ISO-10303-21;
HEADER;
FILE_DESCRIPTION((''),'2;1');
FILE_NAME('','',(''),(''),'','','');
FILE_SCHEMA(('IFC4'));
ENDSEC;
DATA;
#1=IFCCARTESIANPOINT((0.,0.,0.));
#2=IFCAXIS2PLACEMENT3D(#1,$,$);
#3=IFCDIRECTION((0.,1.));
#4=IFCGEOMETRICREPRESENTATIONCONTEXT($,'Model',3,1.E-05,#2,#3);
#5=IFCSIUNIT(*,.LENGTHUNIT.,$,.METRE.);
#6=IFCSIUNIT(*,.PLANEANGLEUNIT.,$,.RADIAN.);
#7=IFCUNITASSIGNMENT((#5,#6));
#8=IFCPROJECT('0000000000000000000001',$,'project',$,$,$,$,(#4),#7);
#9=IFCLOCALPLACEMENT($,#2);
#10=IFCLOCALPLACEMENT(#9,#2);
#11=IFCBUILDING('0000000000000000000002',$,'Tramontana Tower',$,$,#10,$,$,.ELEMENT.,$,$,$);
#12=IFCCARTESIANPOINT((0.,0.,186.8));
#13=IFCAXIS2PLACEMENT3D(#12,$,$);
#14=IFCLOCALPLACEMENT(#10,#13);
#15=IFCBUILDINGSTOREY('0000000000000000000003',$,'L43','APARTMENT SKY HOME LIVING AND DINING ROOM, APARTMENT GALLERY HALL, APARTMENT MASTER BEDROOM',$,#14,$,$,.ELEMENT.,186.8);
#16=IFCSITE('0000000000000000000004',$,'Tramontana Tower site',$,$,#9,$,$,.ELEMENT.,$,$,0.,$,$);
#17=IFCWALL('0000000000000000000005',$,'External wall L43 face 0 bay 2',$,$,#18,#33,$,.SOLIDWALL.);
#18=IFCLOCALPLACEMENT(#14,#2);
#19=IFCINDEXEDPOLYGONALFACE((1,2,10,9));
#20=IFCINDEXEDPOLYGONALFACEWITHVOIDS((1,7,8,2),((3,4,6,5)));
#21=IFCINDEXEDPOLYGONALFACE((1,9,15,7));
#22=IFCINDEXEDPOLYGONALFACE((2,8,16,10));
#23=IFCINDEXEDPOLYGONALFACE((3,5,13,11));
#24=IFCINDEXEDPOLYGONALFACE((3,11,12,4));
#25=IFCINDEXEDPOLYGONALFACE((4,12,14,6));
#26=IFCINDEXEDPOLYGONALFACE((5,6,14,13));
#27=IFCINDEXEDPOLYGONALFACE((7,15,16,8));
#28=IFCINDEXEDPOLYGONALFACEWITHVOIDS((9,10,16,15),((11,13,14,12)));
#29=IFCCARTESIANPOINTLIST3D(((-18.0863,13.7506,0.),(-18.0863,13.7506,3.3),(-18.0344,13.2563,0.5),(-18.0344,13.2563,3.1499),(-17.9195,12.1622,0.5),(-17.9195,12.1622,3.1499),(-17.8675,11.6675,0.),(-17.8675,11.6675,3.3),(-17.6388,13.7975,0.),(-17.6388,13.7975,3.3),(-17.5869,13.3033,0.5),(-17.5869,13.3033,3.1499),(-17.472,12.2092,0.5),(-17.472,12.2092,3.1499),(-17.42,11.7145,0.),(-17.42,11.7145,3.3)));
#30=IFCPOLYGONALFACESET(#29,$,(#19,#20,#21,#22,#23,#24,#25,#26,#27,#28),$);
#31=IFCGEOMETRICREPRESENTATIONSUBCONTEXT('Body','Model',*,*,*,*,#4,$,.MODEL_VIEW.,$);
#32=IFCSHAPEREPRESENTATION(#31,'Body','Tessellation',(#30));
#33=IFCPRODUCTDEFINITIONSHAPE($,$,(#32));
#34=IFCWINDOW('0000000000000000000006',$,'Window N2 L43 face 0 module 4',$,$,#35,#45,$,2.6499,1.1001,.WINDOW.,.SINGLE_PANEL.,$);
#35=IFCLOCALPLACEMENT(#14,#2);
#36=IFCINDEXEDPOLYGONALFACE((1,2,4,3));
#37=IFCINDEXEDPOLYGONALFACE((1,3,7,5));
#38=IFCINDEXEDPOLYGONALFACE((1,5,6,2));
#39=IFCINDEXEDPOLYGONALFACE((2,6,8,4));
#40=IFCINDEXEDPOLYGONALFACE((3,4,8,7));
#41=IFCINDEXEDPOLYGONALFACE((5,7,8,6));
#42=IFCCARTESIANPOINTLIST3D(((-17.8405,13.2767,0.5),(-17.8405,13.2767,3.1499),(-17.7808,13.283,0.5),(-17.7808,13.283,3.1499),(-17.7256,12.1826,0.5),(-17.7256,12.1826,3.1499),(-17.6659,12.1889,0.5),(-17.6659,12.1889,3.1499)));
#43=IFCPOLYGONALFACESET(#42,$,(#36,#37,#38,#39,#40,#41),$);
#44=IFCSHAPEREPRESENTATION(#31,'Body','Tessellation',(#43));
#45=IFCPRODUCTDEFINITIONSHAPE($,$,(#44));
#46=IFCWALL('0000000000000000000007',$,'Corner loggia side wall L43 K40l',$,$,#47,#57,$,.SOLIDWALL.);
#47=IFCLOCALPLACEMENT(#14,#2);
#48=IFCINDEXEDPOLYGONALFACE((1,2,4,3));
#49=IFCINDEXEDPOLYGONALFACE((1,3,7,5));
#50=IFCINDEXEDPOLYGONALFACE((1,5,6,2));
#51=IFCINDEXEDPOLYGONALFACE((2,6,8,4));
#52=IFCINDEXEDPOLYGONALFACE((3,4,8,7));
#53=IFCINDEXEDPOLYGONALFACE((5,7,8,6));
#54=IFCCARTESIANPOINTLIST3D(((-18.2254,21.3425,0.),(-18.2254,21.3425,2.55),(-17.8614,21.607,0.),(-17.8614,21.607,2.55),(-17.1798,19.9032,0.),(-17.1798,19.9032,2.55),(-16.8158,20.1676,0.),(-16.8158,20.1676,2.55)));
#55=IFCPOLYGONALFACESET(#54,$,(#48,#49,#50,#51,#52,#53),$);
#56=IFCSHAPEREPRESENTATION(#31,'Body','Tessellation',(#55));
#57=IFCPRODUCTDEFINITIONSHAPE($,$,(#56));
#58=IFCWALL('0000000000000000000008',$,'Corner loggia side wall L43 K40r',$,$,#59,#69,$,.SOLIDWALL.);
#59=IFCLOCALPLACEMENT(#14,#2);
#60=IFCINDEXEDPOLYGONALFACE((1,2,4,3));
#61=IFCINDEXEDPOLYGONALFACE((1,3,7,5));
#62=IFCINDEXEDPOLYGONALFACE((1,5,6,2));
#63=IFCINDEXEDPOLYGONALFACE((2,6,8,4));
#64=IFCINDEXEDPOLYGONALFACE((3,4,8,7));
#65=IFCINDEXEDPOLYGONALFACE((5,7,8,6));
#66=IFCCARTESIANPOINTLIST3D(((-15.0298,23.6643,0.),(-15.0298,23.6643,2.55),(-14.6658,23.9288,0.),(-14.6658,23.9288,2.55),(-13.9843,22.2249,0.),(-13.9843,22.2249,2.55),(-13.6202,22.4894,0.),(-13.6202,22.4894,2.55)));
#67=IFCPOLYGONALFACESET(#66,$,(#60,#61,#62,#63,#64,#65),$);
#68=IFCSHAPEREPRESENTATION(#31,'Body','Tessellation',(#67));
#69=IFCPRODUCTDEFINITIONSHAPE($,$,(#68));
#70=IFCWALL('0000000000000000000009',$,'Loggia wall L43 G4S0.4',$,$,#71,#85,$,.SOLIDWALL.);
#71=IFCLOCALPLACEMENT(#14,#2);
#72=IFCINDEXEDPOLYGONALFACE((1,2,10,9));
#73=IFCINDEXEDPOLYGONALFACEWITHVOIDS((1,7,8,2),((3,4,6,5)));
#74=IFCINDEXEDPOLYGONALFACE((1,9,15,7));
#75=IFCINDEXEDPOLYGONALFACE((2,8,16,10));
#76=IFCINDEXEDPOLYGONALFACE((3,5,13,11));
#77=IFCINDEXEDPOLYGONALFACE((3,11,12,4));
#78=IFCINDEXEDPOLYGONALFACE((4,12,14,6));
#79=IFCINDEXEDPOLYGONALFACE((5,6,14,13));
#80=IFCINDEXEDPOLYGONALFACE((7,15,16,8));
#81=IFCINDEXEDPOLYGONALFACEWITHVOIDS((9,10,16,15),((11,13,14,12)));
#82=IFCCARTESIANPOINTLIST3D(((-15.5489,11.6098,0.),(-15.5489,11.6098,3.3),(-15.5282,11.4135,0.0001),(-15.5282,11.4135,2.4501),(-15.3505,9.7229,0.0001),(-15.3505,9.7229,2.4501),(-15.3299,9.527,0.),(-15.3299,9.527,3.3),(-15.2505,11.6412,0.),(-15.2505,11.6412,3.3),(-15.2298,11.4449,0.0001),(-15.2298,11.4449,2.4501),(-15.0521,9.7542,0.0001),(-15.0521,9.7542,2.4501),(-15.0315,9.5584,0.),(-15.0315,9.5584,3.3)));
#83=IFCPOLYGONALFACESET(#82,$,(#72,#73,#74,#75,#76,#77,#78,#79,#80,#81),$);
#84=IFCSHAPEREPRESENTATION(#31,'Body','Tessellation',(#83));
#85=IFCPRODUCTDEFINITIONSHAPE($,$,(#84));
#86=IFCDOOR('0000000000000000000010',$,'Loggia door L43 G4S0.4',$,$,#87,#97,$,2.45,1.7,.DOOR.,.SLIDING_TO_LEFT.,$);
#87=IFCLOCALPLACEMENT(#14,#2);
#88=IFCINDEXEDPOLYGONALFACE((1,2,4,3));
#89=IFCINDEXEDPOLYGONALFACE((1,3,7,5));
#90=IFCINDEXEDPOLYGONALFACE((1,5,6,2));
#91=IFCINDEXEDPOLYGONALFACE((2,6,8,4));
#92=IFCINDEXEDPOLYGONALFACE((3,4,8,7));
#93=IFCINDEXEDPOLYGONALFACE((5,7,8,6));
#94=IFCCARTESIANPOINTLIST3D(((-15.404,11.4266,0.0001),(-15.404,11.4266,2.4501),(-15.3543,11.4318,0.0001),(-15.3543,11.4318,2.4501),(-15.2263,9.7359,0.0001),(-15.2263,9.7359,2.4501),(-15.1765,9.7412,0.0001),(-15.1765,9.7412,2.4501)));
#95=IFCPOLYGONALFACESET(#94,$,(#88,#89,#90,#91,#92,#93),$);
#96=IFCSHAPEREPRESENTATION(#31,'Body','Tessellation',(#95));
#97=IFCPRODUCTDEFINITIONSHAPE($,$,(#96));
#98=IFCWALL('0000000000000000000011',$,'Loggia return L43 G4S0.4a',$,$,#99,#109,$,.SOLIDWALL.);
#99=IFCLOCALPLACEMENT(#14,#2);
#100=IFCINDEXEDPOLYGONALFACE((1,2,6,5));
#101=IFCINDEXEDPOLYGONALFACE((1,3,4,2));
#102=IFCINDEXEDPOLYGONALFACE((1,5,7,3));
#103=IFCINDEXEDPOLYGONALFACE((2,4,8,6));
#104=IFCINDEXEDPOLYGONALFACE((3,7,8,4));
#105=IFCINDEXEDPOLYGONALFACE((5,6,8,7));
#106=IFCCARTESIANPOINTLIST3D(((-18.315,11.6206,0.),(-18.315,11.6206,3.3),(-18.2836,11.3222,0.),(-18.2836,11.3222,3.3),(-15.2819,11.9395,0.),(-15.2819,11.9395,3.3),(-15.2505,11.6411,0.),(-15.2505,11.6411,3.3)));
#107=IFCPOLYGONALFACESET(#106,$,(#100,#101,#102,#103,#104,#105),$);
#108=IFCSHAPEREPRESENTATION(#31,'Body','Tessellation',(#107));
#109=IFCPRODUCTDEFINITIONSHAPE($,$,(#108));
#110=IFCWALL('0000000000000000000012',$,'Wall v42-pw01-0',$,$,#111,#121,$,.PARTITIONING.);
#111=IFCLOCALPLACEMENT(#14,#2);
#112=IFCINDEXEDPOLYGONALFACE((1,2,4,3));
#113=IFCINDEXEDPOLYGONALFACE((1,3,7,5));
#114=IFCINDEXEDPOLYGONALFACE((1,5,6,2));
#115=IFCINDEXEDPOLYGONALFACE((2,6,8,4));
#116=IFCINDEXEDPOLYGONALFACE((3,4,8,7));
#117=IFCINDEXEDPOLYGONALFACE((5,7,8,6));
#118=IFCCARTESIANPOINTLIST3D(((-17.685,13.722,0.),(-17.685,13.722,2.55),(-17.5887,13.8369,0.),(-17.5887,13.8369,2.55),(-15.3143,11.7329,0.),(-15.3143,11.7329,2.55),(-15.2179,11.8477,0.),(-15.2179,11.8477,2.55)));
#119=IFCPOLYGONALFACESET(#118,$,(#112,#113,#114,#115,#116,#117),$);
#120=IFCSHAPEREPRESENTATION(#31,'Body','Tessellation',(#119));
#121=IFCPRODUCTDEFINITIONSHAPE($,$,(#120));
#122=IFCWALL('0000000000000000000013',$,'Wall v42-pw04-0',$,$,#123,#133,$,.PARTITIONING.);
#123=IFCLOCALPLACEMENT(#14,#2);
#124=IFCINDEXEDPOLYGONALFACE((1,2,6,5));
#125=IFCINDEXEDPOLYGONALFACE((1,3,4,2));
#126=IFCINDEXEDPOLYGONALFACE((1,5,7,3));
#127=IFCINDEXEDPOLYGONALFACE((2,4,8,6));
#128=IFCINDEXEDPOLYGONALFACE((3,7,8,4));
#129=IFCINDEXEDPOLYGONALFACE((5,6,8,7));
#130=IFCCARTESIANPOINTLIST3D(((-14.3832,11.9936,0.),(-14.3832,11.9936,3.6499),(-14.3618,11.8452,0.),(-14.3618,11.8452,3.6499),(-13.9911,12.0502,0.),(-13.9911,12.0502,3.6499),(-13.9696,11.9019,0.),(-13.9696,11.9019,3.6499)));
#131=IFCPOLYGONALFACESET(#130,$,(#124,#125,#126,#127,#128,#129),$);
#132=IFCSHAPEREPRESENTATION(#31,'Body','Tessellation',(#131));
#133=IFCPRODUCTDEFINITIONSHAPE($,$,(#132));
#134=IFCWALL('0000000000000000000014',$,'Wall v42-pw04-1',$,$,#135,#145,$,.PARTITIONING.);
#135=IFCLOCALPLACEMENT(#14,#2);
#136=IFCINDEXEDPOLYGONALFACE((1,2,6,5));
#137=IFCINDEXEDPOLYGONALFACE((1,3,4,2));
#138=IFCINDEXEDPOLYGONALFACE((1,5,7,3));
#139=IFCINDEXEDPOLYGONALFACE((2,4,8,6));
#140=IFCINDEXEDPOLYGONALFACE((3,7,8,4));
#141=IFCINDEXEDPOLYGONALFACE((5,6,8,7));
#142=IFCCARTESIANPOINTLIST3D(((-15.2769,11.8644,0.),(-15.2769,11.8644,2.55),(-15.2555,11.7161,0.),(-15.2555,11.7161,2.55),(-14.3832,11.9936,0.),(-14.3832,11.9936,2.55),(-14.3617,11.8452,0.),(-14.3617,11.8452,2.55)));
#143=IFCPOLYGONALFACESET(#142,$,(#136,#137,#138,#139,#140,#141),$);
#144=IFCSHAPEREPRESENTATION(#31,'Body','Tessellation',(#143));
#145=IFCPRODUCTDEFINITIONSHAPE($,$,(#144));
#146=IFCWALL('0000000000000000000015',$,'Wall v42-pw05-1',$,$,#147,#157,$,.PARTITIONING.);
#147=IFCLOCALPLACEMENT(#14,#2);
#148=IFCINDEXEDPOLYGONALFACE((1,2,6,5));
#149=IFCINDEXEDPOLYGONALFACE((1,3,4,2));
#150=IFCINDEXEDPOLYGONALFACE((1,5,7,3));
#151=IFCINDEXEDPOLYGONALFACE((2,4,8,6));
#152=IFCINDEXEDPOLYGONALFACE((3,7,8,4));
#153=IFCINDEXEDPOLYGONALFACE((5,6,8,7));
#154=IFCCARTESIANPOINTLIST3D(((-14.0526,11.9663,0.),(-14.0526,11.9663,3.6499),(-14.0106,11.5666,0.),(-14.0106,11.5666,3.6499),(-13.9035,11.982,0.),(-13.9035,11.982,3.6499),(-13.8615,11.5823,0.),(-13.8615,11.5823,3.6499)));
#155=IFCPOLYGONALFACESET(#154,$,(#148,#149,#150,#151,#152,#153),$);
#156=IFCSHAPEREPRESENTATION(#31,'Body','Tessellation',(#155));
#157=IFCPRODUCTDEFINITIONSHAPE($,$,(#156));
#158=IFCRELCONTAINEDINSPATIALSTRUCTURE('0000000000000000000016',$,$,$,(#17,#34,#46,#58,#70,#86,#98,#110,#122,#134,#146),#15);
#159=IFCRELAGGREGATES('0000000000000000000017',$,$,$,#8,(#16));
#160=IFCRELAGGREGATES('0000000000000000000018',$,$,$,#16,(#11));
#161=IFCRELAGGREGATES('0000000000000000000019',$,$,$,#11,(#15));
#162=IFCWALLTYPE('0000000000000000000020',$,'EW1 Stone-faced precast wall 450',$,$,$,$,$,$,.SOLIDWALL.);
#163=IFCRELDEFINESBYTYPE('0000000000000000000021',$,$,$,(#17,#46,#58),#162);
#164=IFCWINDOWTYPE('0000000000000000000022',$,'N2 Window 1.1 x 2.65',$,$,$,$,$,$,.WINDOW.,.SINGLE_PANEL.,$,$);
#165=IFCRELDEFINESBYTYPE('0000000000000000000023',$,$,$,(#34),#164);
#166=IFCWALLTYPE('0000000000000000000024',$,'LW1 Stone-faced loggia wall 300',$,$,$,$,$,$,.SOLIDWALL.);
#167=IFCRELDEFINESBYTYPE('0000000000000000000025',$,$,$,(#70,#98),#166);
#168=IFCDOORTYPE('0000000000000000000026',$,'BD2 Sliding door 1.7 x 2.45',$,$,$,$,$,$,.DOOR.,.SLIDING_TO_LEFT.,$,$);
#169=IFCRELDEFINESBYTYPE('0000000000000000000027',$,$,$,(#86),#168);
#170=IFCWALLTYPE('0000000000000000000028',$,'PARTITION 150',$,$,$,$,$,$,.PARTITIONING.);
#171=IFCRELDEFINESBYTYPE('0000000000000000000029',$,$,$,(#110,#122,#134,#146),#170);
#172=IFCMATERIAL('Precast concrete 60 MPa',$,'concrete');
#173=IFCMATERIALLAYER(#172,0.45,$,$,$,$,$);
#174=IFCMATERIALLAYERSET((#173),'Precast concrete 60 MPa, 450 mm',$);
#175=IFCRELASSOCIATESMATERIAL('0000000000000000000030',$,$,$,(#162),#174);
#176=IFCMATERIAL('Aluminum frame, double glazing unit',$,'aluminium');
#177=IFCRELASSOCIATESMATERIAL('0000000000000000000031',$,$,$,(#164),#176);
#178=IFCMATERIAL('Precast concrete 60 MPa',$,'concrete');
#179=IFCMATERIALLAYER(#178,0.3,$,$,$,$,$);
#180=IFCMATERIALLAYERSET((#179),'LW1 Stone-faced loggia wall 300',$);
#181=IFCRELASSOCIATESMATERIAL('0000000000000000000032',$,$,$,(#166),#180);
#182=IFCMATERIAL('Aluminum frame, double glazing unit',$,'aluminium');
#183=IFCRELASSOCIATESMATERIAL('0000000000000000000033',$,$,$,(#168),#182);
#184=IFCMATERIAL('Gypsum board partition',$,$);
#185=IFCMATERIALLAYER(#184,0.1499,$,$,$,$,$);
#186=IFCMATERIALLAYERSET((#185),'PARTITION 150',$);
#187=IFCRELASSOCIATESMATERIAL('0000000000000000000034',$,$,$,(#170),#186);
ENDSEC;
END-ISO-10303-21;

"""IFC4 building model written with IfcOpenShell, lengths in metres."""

from ifc_helpers import new_model, si_unit, direction, frame, frame_2d, origin, place, context, subcontext, project, spatial, rectangle, extrude, material, layer, layer_set, type_object, element, fill, save


model = new_model("IFC4")

# Units and contexts
model_context = context("Model", 3, precision=1e-05, world=origin(), true_north=direction((0.0, 1.0)))
body_context = subcontext(model_context, "Body", "Model", "MODEL_VIEW")
ifc_project = project(units=[si_unit("LENGTHUNIT", "METRE"), si_unit("PLANEANGLEUNIT", "RADIAN")], contexts=[model_context])

# Site, building, storey
site_placement = place(None, origin())
site = spatial("IfcSite", under=ifc_project, at=site_placement, Name="Tramontana Tower site", CompositionType="ELEMENT", RefElevation=0.0)
building_placement = place(site_placement, origin())
building = spatial("IfcBuilding", under=site, at=building_placement, Name="Tramontana Tower", CompositionType="ELEMENT")
storey_placement = place(building_placement, frame((0.0, 0.0, 186.8)))
storey = spatial("IfcBuildingStorey", under=building, at=storey_placement, Name="L43", Description="APARTMENT SKY HOME LIVING AND DINING ROOM, APARTMENT GALLERY HALL, APARTMENT MASTER BEDROOM", CompositionType="ELEMENT", Elevation=186.8)

# Shared definitions
ifc_material_1 = material(Name="Precast concrete 60 MPa", Category="concrete")
ifc_layer_1 = layer(ifc_material_1, 0.45)
ifc_layer_set_1 = layer_set([ifc_layer_1], Name="Precast concrete 60 MPa, 450 mm")
wall_type_1 = type_object("IfcWallType", Name="EW1 Stone-faced precast wall 450", PredefinedType="SOLIDWALL", material=ifc_layer_set_1)

# Wall, opening, window
wall_1_placement = place(storey_placement, frame((-17.8625, 13.7742, 0.0), z_axis=(0.0, 0.0, 1.0), x_axis=(0.104442, -0.994531, 0.0)))
wall_1 = element("IfcWall", 1, at=wall_1_placement, inside=storey, type_object=wall_type_1, Name="External wall L43 face 0 bay 2", PredefinedType="SOLIDWALL", context=body_context, shape_type="SweptSolid", body=[
    extrude(rectangle(XDim=2.0945, YDim=0.45, at=frame_2d((1.0474, 0.0))), origin(), (0.0, 0.0, 1.0), 3.3),
])
opening_1_placement = place(wall_1_placement, frame((0.4971, 0.0, 0.5)))
opening_1 = element("IfcOpeningElement", 2, at=opening_1_placement, cuts=wall_1, PredefinedType="OPENING", context=body_context, shape_type="SweptSolid", body=[
    extrude(rectangle(XDim=1.1001, YDim=2.6499, at=frame_2d((0.55, 1.325))), frame((0.0, 0.2349, 0.0), z_axis=(0.0, -1.0, 0.0), x_axis=(1.0, 0.0, 0.0)), (0.0, 0.0, 1.0), 0.47),
])
ifc_material_2 = material(Name="Aluminum frame, double glazing unit", Category="aluminium")
window_type_1 = type_object("IfcWindowType", Name="N2 Window 1.1 x 2.65", PartitioningType="SINGLE_PANEL", PredefinedType="WINDOW", material=ifc_material_2)
window_1_placement = place(opening_1_placement, origin())
window_1 = element("IfcWindow", 3, at=window_1_placement, inside=storey, type_object=window_type_1, Name="Window N2 L43 face 0 module 4", OverallHeight=2.6499, OverallWidth=1.1001, PartitioningType="SINGLE_PANEL", PredefinedType="WINDOW", context=body_context, shape_type="SweptSolid", body=[
    extrude(rectangle(XDim=1.1001, YDim=2.6499, at=frame_2d((0.55, 1.325))), frame((0.0, 0.03, 0.0), z_axis=(0.0, -1.0, 0.0), x_axis=(1.0, 0.0, 0.0)), (0.0, 0.0, 1.0), 0.0601),
])
fill(opening_1, window_1)

# Walls
for number, where, z_axis, x_axis, name in (
    (4, (-18.0435, 21.4749, 0.0), (0.0, 0.0, 1.0), (0.587723, -0.809062, 0.0), "Corner loggia side wall L43 K40l"),
    (5, (-14.8479, 23.7966, 0.0), (0.0, 0.0, 1.0), (0.587723, -0.809062, 0.0), "Corner loggia side wall L43 K40r"),
):
    element("IfcWall", number, at=place(storey_placement, frame(where, z_axis=z_axis, x_axis=x_axis)), inside=storey, type_object=wall_type_1, Name=name, PredefinedType="SOLIDWALL", context=body_context, shape_type="SweptSolid", body=[
        extrude(rectangle(XDim=1.7791, YDim=0.45, at=frame_2d((0.8896, 0.0))), origin(), (0.0, 0.0, 1.0), 2.55),
    ])

# Wall, opening, door
ifc_material_3 = material(Name="Precast concrete 60 MPa", Category="concrete")
ifc_layer_2 = layer(ifc_material_3, 0.3)
ifc_layer_set_2 = layer_set([ifc_layer_2], Name="LW1 Stone-faced loggia wall 300")
wall_type_2 = type_object("IfcWallType", Name="LW1 Stone-faced loggia wall 300", PredefinedType="SOLIDWALL", material=ifc_layer_set_2)
wall_2_placement = place(storey_placement, frame((-15.3997, 11.6255, 0.0), z_axis=(0.0, 0.0, 1.0), x_axis=(0.104569, -0.994518, 0.0)))
wall_2 = element("IfcWall", 6, at=wall_2_placement, inside=storey, type_object=wall_type_2, Name="Loggia wall L43 G4S0.4", PredefinedType="SOLIDWALL", context=body_context, shape_type="SweptSolid", body=[
    extrude(rectangle(XDim=2.0942, YDim=0.3, at=frame_2d((1.0471, 0.0))), origin(), (0.0, 0.0, 1.0), 3.3),
])
opening_2_placement = place(wall_2_placement, frame((0.1973, 0.0, 0.0)))
opening_2 = element("IfcOpeningElement", 7, at=opening_2_placement, cuts=wall_2, PredefinedType="OPENING", context=body_context, shape_type="SweptSolid", body=[
    extrude(rectangle(XDim=1.7, YDim=2.45, at=frame_2d((0.8501, 1.2251))), frame((0.0, 0.1599, 0.0), z_axis=(0.0, -1.0, 0.0), x_axis=(1.0, 0.0, 0.0)), (0.0, 0.0, 1.0), 0.3201),
])
ifc_material_4 = material(Name="Aluminum frame, double glazing unit", Category="aluminium")
door_type_1 = type_object("IfcDoorType", Name="BD2 Sliding door 1.7 x 2.45", OperationType="SLIDING_TO_LEFT", PredefinedType="DOOR", material=ifc_material_4)
door_1_placement = place(opening_2_placement, origin())
door_1 = element("IfcDoor", 8, at=door_1_placement, inside=storey, type_object=door_type_1, Name="Loggia door L43 G4S0.4", OperationType="SLIDING_TO_LEFT", OverallHeight=2.45, OverallWidth=1.7, PredefinedType="DOOR", context=body_context, shape_type="SweptSolid", body=[
    extrude(rectangle(XDim=1.7, YDim=2.45, at=frame_2d((0.8501, 1.2251))), frame((0.0, 0.0249, 0.0), z_axis=(0.0, -1.0, 0.0), x_axis=(1.0, 0.0, 0.0)), (0.0, 0.0, 1.0), 0.05),
])
fill(opening_2, door_1)

# Walls
wall_3_placement = place(storey_placement, frame((-18.2993, 11.4714, 0.0), z_axis=(0.0, 0.0, 1.0), x_axis=(0.99452, 0.104543, 0.0)))
element("IfcWall", 9, at=wall_3_placement, inside=storey, type_object=wall_type_2, Name="Loggia return L43 G4S0.4a", PredefinedType="SOLIDWALL", context=body_context, shape_type="SweptSolid", body=[
    extrude(rectangle(XDim=3.0498, YDim=0.3, at=frame_2d((1.5249, 0.0))), origin(), (0.0, 0.0, 1.0), 3.3),
])
ifc_material_5 = material(Name="Gypsum board partition")
ifc_layer_3 = layer(ifc_material_5, 0.1499)
ifc_layer_set_3 = layer_set([ifc_layer_3], Name="PARTITION 150")
wall_type_3 = type_object("IfcWallType", Name="PARTITION 150", PredefinedType="PARTITIONING", material=ifc_layer_set_3)
wall_4_placement = place(storey_placement, frame((-15.2661, 11.7903, 0.0), z_axis=(0.0, 0.0, 1.0), x_axis=(-0.766064, 0.642765, 0.0)))
element("IfcWall", 10, at=wall_4_placement, inside=storey, type_object=wall_type_3, Name="Wall v42-pw01-0", PredefinedType="PARTITIONING", context=body_context, shape_type="SweptSolid", body=[
    extrude(rectangle(XDim=3.0947, YDim=0.1499, at=frame_2d((1.5474, 0.0))), origin(), (0.0, 0.0, 1.0), 2.55),
])
wall_5_placement = place(storey_placement, frame((-13.9802, 11.9761, 0.0), z_axis=(0.0, 0.0, 1.0), x_axis=(-0.989726, -0.142974, 0.0)))
element("IfcWall", 11, at=wall_5_placement, inside=storey, type_object=wall_type_3, Name="Wall v42-pw04-0", PredefinedType="PARTITIONING", context=body_context, shape_type="SweptSolid", body=[
    extrude(rectangle(XDim=0.3962, YDim=0.1499, at=frame_2d((0.1982, 0.0))), origin(), (0.0, 0.0, 1.0), 3.6499),
])
wall_6_placement = place(storey_placement, frame((-14.3723, 11.9194, 0.0), z_axis=(0.0, 0.0, 1.0), x_axis=(-0.989721, -0.143011, 0.0)))
element("IfcWall", 12, at=wall_6_placement, inside=storey, type_object=wall_type_3, Name="Wall v42-pw04-1", PredefinedType="PARTITIONING", context=body_context, shape_type="SweptSolid", body=[
    extrude(rectangle(XDim=0.9031, YDim=0.1499, at=frame_2d((0.4517, 0.0))), origin(), (0.0, 0.0, 1.0), 2.55),
])
wall_7_placement = place(storey_placement, frame((-13.936, 11.5745, 0.0), z_axis=(0.0, 0.0, 1.0), x_axis=(-0.104495, 0.994525, 0.0)))
element("IfcWall", 13, at=wall_7_placement, inside=storey, type_object=wall_type_3, Name="Wall v42-pw05-1", PredefinedType="PARTITIONING", context=body_context, shape_type="SweptSolid", body=[
    extrude(rectangle(XDim=0.4019, YDim=0.1499, at=frame_2d((0.2009, 0.0))), origin(), (0.0, 0.0, 1.0), 3.6499),
])

save(model, "model.ifc")
